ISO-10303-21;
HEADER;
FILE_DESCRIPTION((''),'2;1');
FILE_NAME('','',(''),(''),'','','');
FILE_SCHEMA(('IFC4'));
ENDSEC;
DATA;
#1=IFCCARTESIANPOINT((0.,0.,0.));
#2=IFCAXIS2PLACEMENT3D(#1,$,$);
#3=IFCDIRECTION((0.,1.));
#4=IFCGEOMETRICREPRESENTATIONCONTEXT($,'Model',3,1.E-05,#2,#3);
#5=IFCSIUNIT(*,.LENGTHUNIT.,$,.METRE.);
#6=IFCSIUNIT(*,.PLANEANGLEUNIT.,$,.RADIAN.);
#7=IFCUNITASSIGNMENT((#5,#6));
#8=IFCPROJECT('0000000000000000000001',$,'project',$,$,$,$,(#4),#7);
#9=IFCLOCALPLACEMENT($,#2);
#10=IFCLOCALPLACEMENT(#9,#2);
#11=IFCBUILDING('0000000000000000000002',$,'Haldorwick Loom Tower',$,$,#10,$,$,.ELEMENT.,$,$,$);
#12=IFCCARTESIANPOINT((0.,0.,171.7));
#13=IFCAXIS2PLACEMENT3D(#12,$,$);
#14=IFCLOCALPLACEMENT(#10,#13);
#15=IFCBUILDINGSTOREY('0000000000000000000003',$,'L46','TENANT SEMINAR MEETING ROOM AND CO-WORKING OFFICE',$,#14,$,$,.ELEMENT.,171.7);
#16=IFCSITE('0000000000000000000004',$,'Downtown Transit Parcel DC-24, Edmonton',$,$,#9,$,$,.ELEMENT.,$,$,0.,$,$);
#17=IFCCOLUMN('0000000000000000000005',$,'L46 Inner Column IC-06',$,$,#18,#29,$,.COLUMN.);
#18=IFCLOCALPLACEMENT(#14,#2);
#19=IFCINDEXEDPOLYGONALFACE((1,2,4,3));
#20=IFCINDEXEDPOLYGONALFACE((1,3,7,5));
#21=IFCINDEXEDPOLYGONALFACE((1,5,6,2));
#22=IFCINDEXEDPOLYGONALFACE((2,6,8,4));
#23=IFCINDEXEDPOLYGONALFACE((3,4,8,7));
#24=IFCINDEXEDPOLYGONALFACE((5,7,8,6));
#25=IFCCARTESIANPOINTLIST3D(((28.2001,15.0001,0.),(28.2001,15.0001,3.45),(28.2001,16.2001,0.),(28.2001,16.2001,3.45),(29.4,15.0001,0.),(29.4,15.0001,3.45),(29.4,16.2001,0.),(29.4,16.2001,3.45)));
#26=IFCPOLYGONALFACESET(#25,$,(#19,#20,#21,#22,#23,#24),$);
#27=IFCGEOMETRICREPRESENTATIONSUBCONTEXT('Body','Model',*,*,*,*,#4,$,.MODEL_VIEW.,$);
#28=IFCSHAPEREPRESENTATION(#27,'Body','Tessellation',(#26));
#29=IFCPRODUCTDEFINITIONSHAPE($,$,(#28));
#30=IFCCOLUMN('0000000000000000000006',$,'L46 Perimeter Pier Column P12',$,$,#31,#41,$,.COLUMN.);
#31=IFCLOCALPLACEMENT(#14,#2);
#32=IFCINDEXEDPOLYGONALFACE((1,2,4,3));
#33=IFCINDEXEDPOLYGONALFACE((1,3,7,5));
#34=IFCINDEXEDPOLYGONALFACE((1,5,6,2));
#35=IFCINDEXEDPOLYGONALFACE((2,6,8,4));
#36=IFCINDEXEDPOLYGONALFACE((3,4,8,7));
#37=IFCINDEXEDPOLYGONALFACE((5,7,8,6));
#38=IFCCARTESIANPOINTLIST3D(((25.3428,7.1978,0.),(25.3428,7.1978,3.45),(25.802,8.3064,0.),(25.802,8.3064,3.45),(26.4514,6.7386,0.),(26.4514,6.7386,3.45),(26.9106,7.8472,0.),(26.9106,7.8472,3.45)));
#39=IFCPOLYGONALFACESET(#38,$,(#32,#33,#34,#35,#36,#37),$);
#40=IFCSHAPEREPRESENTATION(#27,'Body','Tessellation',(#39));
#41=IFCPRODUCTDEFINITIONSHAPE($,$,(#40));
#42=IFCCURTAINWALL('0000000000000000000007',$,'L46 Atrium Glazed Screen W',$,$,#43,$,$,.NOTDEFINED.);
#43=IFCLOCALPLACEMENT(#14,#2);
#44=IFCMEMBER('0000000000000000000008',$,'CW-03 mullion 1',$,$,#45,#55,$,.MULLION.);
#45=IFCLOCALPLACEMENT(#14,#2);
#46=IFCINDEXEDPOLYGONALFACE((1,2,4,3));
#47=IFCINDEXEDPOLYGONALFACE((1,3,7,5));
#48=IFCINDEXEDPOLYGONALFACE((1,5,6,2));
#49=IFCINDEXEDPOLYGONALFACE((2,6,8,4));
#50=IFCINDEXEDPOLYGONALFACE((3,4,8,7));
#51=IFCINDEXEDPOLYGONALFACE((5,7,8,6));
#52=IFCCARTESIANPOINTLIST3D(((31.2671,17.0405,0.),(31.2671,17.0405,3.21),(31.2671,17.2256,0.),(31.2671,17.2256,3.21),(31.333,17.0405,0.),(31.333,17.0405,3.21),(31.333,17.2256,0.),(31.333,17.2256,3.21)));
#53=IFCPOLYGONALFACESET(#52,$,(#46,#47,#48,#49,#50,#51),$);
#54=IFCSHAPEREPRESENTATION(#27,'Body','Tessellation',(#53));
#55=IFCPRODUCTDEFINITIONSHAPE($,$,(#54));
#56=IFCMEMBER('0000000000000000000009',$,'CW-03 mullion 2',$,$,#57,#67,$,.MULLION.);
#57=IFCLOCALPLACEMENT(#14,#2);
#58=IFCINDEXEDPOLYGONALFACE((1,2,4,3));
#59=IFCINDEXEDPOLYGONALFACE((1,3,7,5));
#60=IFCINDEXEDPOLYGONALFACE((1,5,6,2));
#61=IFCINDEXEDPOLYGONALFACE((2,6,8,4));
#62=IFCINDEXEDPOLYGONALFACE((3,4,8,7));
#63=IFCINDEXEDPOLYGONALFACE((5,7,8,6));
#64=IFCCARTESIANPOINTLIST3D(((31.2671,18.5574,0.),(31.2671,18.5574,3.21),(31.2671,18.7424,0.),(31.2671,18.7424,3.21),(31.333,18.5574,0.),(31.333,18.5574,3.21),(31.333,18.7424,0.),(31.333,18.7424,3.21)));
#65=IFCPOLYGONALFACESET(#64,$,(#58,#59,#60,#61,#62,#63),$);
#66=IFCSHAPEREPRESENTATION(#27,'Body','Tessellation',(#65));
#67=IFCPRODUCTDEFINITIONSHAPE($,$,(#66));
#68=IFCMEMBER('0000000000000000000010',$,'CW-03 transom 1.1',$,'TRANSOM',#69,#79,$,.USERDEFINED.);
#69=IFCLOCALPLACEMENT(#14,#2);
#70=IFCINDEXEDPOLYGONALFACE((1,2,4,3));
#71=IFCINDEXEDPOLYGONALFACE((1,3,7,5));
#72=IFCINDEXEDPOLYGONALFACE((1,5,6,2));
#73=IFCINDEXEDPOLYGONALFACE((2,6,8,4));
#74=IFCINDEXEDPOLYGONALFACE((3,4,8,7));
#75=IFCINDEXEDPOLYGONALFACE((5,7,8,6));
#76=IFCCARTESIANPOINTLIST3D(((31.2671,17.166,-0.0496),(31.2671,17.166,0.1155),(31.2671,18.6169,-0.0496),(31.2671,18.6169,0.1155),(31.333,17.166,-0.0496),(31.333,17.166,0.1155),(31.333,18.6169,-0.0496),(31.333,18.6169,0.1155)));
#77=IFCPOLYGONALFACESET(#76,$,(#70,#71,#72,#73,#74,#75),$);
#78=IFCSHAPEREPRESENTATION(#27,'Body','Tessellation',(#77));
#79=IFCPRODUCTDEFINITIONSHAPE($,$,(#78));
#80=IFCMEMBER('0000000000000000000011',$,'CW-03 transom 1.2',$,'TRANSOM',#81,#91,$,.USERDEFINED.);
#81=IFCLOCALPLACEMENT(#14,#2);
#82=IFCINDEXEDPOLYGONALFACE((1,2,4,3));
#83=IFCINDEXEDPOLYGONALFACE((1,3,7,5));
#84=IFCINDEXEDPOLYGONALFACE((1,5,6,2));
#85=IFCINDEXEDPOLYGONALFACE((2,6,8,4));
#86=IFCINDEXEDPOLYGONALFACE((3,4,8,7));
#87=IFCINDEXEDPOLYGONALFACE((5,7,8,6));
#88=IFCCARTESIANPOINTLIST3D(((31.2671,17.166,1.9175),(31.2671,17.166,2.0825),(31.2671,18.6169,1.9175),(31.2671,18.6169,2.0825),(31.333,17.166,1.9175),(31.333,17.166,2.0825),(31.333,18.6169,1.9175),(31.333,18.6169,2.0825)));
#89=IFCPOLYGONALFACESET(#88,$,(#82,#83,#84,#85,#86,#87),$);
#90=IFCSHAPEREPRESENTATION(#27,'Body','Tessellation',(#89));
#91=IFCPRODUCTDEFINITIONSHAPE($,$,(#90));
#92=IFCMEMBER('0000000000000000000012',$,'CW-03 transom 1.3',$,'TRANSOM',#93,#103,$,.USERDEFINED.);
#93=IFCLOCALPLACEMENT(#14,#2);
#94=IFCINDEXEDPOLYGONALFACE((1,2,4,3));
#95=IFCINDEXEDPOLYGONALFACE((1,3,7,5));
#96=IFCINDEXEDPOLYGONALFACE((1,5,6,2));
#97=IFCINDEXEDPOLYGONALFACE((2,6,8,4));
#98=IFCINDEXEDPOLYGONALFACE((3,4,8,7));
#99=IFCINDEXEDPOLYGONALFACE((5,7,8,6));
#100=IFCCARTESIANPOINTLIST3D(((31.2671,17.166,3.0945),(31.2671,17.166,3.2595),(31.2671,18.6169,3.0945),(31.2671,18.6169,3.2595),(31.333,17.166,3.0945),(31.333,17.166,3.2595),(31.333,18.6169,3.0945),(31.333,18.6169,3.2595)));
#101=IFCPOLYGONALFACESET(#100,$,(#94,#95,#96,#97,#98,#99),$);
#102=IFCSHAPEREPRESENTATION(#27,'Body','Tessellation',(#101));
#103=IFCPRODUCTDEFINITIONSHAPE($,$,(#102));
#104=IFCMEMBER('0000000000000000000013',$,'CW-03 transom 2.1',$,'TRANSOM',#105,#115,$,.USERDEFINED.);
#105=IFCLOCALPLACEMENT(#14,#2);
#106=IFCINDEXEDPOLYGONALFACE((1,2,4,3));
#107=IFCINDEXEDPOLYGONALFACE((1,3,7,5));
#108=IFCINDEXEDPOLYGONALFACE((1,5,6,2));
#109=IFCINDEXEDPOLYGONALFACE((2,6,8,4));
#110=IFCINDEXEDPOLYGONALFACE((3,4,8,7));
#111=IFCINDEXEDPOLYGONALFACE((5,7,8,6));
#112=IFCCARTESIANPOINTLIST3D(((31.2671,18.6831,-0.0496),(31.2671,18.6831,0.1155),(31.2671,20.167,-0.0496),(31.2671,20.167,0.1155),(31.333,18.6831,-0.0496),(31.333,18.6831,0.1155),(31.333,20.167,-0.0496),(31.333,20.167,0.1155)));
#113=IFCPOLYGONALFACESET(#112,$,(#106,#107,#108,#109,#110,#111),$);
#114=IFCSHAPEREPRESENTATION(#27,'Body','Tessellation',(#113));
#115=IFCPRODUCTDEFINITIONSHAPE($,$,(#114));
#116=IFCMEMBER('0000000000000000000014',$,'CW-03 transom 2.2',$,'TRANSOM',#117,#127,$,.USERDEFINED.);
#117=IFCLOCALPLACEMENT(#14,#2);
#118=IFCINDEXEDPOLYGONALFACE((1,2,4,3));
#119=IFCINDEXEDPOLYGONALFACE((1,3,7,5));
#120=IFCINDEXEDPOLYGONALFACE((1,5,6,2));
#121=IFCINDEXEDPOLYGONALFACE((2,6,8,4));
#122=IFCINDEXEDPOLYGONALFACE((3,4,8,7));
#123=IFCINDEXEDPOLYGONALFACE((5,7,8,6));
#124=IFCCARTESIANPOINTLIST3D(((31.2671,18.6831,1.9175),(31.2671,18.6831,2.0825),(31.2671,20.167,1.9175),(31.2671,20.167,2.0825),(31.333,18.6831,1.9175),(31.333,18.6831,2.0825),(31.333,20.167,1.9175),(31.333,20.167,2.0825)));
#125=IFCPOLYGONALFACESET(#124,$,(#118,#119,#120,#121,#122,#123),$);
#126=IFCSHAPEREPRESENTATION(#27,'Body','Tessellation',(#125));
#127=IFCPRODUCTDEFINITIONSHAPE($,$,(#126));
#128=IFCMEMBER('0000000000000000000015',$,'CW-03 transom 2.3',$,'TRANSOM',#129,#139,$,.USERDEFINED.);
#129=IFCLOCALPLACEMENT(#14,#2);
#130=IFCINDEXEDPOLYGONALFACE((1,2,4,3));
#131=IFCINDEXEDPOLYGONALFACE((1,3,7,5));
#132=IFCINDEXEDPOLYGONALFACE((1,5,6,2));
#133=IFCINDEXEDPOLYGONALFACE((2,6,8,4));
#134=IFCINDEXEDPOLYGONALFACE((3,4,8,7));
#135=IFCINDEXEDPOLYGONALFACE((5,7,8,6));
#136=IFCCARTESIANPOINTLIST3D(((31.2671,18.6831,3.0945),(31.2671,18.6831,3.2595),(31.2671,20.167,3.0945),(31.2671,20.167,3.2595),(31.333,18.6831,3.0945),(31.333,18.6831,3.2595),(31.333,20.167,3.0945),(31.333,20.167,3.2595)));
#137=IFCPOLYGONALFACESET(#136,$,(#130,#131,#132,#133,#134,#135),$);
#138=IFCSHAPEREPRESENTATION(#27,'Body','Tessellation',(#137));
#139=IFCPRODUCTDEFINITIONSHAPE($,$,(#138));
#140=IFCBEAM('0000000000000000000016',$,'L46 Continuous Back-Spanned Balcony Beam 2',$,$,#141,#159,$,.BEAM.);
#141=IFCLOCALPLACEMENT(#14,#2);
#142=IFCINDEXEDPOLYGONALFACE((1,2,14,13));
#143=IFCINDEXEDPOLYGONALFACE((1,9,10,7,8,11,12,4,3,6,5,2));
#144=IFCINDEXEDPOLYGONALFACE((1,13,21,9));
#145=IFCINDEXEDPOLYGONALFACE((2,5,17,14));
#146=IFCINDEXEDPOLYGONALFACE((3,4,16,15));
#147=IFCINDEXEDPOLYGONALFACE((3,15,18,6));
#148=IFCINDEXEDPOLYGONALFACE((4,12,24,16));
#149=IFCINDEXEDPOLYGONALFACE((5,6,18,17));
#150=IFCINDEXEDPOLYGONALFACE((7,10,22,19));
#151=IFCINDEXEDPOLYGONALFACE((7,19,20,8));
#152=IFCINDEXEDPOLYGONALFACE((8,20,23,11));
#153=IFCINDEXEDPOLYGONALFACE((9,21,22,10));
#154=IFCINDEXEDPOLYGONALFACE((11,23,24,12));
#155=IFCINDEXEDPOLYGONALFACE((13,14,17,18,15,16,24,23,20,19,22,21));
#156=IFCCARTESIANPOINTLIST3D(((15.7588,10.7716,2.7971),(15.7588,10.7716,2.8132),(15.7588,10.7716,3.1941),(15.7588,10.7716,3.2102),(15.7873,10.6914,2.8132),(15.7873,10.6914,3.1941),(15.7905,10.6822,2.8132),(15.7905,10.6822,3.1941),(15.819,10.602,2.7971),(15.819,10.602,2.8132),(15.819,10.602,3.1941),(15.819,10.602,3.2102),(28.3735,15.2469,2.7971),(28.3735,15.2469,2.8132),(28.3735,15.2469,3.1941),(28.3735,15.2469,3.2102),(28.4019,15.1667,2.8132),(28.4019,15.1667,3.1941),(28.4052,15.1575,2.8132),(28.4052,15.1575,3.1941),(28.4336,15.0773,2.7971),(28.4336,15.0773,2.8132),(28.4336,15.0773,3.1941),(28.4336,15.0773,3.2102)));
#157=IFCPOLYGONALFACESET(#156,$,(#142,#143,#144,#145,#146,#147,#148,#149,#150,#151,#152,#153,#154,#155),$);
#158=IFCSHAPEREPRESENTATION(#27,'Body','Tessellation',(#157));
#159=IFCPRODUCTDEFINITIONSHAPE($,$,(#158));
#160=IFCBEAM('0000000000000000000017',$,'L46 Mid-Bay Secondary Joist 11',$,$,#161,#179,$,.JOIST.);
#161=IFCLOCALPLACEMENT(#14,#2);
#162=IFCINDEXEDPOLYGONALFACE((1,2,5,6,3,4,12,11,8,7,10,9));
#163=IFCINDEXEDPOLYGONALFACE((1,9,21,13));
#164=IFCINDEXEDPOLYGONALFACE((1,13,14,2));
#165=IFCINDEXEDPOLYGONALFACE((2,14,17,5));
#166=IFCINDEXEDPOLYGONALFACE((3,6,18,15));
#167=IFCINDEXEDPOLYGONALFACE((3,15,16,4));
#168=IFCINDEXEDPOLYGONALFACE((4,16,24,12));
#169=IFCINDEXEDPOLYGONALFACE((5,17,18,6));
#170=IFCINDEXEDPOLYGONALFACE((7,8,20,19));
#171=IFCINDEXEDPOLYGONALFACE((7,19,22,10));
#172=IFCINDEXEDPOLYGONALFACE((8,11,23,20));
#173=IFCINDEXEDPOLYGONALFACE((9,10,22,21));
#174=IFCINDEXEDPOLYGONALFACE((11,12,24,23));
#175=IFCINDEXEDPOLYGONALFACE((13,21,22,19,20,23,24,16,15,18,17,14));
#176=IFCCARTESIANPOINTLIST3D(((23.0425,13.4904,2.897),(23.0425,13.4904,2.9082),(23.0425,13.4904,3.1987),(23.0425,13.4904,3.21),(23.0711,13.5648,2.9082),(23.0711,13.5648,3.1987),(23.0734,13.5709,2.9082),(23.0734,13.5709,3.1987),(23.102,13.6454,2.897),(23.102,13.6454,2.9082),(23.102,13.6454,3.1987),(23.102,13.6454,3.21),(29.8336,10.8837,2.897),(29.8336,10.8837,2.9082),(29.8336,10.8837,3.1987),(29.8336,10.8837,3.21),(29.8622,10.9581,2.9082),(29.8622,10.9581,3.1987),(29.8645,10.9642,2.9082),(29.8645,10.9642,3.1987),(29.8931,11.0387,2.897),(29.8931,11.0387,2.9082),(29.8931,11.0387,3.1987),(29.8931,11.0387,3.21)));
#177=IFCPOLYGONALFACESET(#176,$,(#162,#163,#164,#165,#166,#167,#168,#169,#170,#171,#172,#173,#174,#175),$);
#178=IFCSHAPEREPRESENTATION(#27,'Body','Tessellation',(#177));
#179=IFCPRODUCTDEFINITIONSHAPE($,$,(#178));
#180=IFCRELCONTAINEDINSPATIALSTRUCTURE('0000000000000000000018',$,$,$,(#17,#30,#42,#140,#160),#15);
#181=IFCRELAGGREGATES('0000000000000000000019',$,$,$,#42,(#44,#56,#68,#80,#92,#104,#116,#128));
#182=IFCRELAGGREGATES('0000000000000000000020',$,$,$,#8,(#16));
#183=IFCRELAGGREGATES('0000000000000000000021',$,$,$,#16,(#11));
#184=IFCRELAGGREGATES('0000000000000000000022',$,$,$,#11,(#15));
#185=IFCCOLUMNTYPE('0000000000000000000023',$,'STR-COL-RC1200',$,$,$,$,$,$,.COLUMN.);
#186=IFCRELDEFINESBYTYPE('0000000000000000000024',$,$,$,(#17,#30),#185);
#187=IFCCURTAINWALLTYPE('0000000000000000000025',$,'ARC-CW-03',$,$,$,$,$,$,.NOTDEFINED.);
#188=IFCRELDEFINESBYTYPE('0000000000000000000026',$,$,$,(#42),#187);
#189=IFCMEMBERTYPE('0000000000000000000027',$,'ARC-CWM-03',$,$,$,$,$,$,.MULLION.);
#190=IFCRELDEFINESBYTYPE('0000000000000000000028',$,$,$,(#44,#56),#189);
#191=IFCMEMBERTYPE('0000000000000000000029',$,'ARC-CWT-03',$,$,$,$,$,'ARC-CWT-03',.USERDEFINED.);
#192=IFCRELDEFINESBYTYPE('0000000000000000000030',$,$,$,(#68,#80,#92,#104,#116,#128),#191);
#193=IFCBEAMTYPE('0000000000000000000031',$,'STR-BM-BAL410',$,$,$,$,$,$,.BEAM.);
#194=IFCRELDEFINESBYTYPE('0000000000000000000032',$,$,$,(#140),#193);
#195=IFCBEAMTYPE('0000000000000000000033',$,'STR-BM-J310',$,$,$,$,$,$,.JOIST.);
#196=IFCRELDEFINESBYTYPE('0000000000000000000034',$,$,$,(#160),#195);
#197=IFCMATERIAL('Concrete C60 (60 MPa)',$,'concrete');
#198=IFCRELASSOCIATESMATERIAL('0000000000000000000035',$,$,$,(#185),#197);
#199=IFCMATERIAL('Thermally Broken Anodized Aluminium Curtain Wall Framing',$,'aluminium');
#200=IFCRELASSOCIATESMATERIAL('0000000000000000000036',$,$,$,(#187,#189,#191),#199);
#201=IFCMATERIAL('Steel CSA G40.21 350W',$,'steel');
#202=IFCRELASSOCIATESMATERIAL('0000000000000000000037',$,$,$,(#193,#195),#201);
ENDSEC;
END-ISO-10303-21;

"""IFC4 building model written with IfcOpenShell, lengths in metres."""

from ifc_helpers import new_model, si_unit, direction, frame, origin, origin_2d, place, context, subcontext, project, spatial, rectangle, i_section, extrude, material, material_profile, profile_set, type_object, element, aggregate, save


model = new_model("IFC4")

# Units and contexts
model_context = context("Model", 3, precision=1e-05, world=origin(), true_north=direction((0.0, 1.0)))
body_context = subcontext(model_context, "Body", "Model", "MODEL_VIEW")
ifc_project = project(units=[si_unit("LENGTHUNIT", "METRE"), si_unit("PLANEANGLEUNIT", "RADIAN")], contexts=[model_context])

# Site, building, storey
site_placement = place(None, origin())
site = spatial("IfcSite", under=ifc_project, at=site_placement, Name="Downtown Transit Parcel DC-24, Edmonton", CompositionType="ELEMENT", RefElevation=0.0)
building_placement = place(site_placement, origin())
building = spatial("IfcBuilding", under=site, at=building_placement, Name="Haldorwick Loom Tower", CompositionType="ELEMENT")
storey_placement = place(building_placement, frame((0.0, 0.0, 171.7)))
storey = spatial("IfcBuildingStorey", under=building, at=storey_placement, Name="L46", Description="TENANT SEMINAR MEETING ROOM AND CO-WORKING OFFICE", CompositionType="ELEMENT", Elevation=171.7)

# Columns
ifc_material_1 = material(Name="Concrete C60 (60 MPa)", Category="concrete")
ifc_material_profile_1 = material_profile(ifc_material_1, rectangle(XDim=1.2, YDim=1.2, at=origin_2d()), Name="RC1200X1200", Category="concrete")
ifc_profile_set_1 = profile_set([ifc_material_profile_1], Name="Concrete C60 (60 MPa)")
column_type = type_object("IfcColumnType", Name="STR-COL-RC1200", PredefinedType="COLUMN", material=ifc_profile_set_1)
for number, where, z_axis, x_axis, name in (
    (1, (28.8, 15.6001, 0.0), (0.0, 0.0, 1.0), (1.0, 0.0, 0.0), "L46 Inner Column IC-06"),
    (2, (26.1267, 7.5225, 0.0), (0.0, 0.0, 1.0), (-0.382683, -0.92388, 0.0), "L46 Perimeter Pier Column P12"),
):
    element("IfcColumn", number, at=place(storey_placement, frame(where, z_axis=z_axis, x_axis=x_axis)), inside=storey, type_object=column_type, Name=name, PredefinedType="COLUMN", context=body_context, shape_type="SweptSolid", body=[
        extrude(rectangle(XDim=1.2, YDim=1.2, at=origin_2d()), origin(), (0.0, 0.0, 1.0), 3.45),
    ])

# Curtain wall, members
ifc_material_2 = material(Name="Thermally Broken Anodized Aluminium Curtain Wall Framing", Category="aluminium")
curtain_wall_type = type_object("IfcCurtainWallType", Name="ARC-CW-03", PredefinedType="NOTDEFINED", material=ifc_material_2)
curtain_wall_placement = place(storey_placement, origin())
curtain_wall = element("IfcCurtainWall", 3, at=curtain_wall_placement, inside=storey, type_object=curtain_wall_type, Name="L46 Atrium Glazed Screen W", PredefinedType="NOTDEFINED")
ifc_material_profile_2 = material_profile(ifc_material_2, rectangle(XDim=0.0659, YDim=0.1851, at=origin_2d()), Name="ALU_MUL_66X185", Category="aluminium")
ifc_profile_set_2 = profile_set([ifc_material_profile_2], Name="Thermally Broken Anodized Aluminium Curtain Wall Framing")
member_type_1 = type_object("IfcMemberType", Name="ARC-CWM-03", PredefinedType="MULLION", material=ifc_profile_set_2)
member_1_placement = place(storey_placement, frame((31.3, 17.1331, 0.0), z_axis=(0.0, 0.0, 1.0), x_axis=(-1.0, 0.0, 0.0)))
member_1 = element("IfcMember", 4, at=member_1_placement, type_object=member_type_1, Name="CW-03 mullion 1", PredefinedType="MULLION", context=body_context, shape_type="SweptSolid", body=[
    extrude(rectangle(XDim=0.0659, YDim=0.1851, at=origin_2d()), origin(), (0.0, 0.0, 1.0), 3.21),
])
member_2_placement = place(storey_placement, frame((31.3, 18.6499, 0.0), z_axis=(0.0, 0.0, 1.0), x_axis=(-1.0, 0.0, 0.0)))
member_2 = element("IfcMember", 5, at=member_2_placement, type_object=member_type_1, Name="CW-03 mullion 2", PredefinedType="MULLION", context=body_context, shape_type="SweptSolid", body=[
    extrude(rectangle(XDim=0.0659, YDim=0.1851, at=origin_2d()), origin(), (0.0, 0.0, 1.0), 3.21),
])
ifc_material_profile_3 = material_profile(ifc_material_2, rectangle(XDim=0.0659, YDim=0.165, at=origin_2d()), Name="ALU_TRN_66X165", Category="aluminium")
ifc_profile_set_3 = profile_set([ifc_material_profile_3], Name="Thermally Broken Anodized Aluminium Curtain Wall Framing")
member_type_2 = type_object("IfcMemberType", Name="ARC-CWT-03", ElementType="ARC-CWT-03", PredefinedType="USERDEFINED", material=ifc_profile_set_3)
member_3_placement = place(storey_placement, frame((31.3, 17.166, 0.033), z_axis=(0.0, 1.0, 0.0), x_axis=(-1.0, 0.0, 0.0)))
member_3 = element("IfcMember", 6, at=member_3_placement, type_object=member_type_2, Name="CW-03 transom 1.1", ObjectType="TRANSOM", PredefinedType="USERDEFINED", context=body_context, shape_type="SweptSolid", body=[
    extrude(rectangle(XDim=0.0659, YDim=0.165, at=origin_2d()), origin(), (0.0, 0.0, 1.0), 1.4509),
])
member_4_placement = place(storey_placement, frame((31.3, 17.166, 2.0), z_axis=(0.0, 1.0, 0.0), x_axis=(-1.0, 0.0, 0.0)))
member_4 = element("IfcMember", 7, at=member_4_placement, type_object=member_type_2, Name="CW-03 transom 1.2", ObjectType="TRANSOM", PredefinedType="USERDEFINED", context=body_context, shape_type="SweptSolid", body=[
    extrude(rectangle(XDim=0.0659, YDim=0.165, at=origin_2d()), origin(), (0.0, 0.0, 1.0), 1.4509),
])
member_5_placement = place(storey_placement, frame((31.3, 17.166, 3.177), z_axis=(0.0, 1.0, 0.0), x_axis=(-1.0, 0.0, 0.0)))
member_5 = element("IfcMember", 8, at=member_5_placement, type_object=member_type_2, Name="CW-03 transom 1.3", ObjectType="TRANSOM", PredefinedType="USERDEFINED", context=body_context, shape_type="SweptSolid", body=[
    extrude(rectangle(XDim=0.0659, YDim=0.165, at=origin_2d()), origin(), (0.0, 0.0, 1.0), 1.4509),
])
member_6_placement = place(storey_placement, frame((31.3, 18.6831, 0.033), z_axis=(0.0, 1.0, 0.0), x_axis=(-1.0, 0.0, 0.0)))
member_6 = element("IfcMember", 9, at=member_6_placement, type_object=member_type_2, Name="CW-03 transom 2.1", ObjectType="TRANSOM", PredefinedType="USERDEFINED", context=body_context, shape_type="SweptSolid", body=[
    extrude(rectangle(XDim=0.0659, YDim=0.165, at=origin_2d()), origin(), (0.0, 0.0, 1.0), 1.4839),
])
member_7_placement = place(storey_placement, frame((31.3, 18.6831, 2.0), z_axis=(0.0, 1.0, 0.0), x_axis=(-1.0, 0.0, 0.0)))
member_7 = element("IfcMember", 10, at=member_7_placement, type_object=member_type_2, Name="CW-03 transom 2.2", ObjectType="TRANSOM", PredefinedType="USERDEFINED", context=body_context, shape_type="SweptSolid", body=[
    extrude(rectangle(XDim=0.0659, YDim=0.165, at=origin_2d()), origin(), (0.0, 0.0, 1.0), 1.4839),
])
member_8_placement = place(storey_placement, frame((31.3, 18.6831, 3.177), z_axis=(0.0, 1.0, 0.0), x_axis=(-1.0, 0.0, 0.0)))
member_8 = element("IfcMember", 11, at=member_8_placement, type_object=member_type_2, Name="CW-03 transom 2.3", ObjectType="TRANSOM", PredefinedType="USERDEFINED", context=body_context, shape_type="SweptSolid", body=[
    extrude(rectangle(XDim=0.0659, YDim=0.165, at=origin_2d()), origin(), (0.0, 0.0, 1.0), 1.4839),
])

# Beams
ifc_material_3 = material(Name="Steel CSA G40.21 350W", Category="steel")
ifc_material_profile_4 = material_profile(ifc_material_3, i_section(OverallWidth=0.1799, OverallDepth=0.4131, WebThickness=0.0098, FlangeThickness=0.0161, at=origin_2d()), Name="W410X74", Category="steel")
ifc_profile_set_4 = profile_set([ifc_material_profile_4], Name="Steel CSA G40.21 350W")
beam_type_1 = type_object("IfcBeamType", Name="STR-BM-BAL410", PredefinedType="BEAM", material=ifc_profile_set_4)
beam_1_placement = place(storey_placement, frame((28.4036, 15.1621, 3.0037), z_axis=(-0.942448, -0.334353, 0.0), x_axis=(0.334353, -0.942448, 0.0)))
element("IfcBeam", 12, at=beam_1_placement, inside=storey, type_object=beam_type_1, Name="L46 Continuous Back-Spanned Balcony Beam 2", PredefinedType="BEAM", context=body_context, shape_type="SweptSolid", body=[
    extrude(i_section(OverallWidth=0.1799, OverallDepth=0.4131, WebThickness=0.0098, FlangeThickness=0.0161, at=origin_2d()), origin(), (0.0, 0.0, 1.0), 13.385),
])
ifc_material_profile_5 = material_profile(ifc_material_3, i_section(OverallWidth=0.166, OverallDepth=0.313, WebThickness=0.0066, FlangeThickness=0.0112, at=origin_2d()), Name="W310X45", Category="steel")
ifc_profile_set_5 = profile_set([ifc_material_profile_5], Name="Steel CSA G40.21 350W")
beam_type_2 = type_object("IfcBeamType", Name="STR-BM-J310", PredefinedType="JOIST", material=ifc_profile_set_5)
beam_2_placement = place(storey_placement, frame((23.0723, 13.5679, 3.0535), z_axis=(0.933587, -0.358352, 0.0), x_axis=(0.358352, 0.933587, 0.0)))
element("IfcBeam", 13, at=beam_2_placement, inside=storey, type_object=beam_type_2, Name="L46 Mid-Bay Secondary Joist 11", PredefinedType="JOIST", context=body_context, shape_type="SweptSolid", body=[
    extrude(i_section(OverallWidth=0.166, OverallDepth=0.313, WebThickness=0.0066, FlangeThickness=0.0112, at=origin_2d()), origin(), (0.0, 0.0, 1.0), 7.2742),
])

aggregate(curtain_wall, [member_1, member_2, member_3, member_4, member_5, member_6, member_7, member_8])

save(model, "model.ifc")
